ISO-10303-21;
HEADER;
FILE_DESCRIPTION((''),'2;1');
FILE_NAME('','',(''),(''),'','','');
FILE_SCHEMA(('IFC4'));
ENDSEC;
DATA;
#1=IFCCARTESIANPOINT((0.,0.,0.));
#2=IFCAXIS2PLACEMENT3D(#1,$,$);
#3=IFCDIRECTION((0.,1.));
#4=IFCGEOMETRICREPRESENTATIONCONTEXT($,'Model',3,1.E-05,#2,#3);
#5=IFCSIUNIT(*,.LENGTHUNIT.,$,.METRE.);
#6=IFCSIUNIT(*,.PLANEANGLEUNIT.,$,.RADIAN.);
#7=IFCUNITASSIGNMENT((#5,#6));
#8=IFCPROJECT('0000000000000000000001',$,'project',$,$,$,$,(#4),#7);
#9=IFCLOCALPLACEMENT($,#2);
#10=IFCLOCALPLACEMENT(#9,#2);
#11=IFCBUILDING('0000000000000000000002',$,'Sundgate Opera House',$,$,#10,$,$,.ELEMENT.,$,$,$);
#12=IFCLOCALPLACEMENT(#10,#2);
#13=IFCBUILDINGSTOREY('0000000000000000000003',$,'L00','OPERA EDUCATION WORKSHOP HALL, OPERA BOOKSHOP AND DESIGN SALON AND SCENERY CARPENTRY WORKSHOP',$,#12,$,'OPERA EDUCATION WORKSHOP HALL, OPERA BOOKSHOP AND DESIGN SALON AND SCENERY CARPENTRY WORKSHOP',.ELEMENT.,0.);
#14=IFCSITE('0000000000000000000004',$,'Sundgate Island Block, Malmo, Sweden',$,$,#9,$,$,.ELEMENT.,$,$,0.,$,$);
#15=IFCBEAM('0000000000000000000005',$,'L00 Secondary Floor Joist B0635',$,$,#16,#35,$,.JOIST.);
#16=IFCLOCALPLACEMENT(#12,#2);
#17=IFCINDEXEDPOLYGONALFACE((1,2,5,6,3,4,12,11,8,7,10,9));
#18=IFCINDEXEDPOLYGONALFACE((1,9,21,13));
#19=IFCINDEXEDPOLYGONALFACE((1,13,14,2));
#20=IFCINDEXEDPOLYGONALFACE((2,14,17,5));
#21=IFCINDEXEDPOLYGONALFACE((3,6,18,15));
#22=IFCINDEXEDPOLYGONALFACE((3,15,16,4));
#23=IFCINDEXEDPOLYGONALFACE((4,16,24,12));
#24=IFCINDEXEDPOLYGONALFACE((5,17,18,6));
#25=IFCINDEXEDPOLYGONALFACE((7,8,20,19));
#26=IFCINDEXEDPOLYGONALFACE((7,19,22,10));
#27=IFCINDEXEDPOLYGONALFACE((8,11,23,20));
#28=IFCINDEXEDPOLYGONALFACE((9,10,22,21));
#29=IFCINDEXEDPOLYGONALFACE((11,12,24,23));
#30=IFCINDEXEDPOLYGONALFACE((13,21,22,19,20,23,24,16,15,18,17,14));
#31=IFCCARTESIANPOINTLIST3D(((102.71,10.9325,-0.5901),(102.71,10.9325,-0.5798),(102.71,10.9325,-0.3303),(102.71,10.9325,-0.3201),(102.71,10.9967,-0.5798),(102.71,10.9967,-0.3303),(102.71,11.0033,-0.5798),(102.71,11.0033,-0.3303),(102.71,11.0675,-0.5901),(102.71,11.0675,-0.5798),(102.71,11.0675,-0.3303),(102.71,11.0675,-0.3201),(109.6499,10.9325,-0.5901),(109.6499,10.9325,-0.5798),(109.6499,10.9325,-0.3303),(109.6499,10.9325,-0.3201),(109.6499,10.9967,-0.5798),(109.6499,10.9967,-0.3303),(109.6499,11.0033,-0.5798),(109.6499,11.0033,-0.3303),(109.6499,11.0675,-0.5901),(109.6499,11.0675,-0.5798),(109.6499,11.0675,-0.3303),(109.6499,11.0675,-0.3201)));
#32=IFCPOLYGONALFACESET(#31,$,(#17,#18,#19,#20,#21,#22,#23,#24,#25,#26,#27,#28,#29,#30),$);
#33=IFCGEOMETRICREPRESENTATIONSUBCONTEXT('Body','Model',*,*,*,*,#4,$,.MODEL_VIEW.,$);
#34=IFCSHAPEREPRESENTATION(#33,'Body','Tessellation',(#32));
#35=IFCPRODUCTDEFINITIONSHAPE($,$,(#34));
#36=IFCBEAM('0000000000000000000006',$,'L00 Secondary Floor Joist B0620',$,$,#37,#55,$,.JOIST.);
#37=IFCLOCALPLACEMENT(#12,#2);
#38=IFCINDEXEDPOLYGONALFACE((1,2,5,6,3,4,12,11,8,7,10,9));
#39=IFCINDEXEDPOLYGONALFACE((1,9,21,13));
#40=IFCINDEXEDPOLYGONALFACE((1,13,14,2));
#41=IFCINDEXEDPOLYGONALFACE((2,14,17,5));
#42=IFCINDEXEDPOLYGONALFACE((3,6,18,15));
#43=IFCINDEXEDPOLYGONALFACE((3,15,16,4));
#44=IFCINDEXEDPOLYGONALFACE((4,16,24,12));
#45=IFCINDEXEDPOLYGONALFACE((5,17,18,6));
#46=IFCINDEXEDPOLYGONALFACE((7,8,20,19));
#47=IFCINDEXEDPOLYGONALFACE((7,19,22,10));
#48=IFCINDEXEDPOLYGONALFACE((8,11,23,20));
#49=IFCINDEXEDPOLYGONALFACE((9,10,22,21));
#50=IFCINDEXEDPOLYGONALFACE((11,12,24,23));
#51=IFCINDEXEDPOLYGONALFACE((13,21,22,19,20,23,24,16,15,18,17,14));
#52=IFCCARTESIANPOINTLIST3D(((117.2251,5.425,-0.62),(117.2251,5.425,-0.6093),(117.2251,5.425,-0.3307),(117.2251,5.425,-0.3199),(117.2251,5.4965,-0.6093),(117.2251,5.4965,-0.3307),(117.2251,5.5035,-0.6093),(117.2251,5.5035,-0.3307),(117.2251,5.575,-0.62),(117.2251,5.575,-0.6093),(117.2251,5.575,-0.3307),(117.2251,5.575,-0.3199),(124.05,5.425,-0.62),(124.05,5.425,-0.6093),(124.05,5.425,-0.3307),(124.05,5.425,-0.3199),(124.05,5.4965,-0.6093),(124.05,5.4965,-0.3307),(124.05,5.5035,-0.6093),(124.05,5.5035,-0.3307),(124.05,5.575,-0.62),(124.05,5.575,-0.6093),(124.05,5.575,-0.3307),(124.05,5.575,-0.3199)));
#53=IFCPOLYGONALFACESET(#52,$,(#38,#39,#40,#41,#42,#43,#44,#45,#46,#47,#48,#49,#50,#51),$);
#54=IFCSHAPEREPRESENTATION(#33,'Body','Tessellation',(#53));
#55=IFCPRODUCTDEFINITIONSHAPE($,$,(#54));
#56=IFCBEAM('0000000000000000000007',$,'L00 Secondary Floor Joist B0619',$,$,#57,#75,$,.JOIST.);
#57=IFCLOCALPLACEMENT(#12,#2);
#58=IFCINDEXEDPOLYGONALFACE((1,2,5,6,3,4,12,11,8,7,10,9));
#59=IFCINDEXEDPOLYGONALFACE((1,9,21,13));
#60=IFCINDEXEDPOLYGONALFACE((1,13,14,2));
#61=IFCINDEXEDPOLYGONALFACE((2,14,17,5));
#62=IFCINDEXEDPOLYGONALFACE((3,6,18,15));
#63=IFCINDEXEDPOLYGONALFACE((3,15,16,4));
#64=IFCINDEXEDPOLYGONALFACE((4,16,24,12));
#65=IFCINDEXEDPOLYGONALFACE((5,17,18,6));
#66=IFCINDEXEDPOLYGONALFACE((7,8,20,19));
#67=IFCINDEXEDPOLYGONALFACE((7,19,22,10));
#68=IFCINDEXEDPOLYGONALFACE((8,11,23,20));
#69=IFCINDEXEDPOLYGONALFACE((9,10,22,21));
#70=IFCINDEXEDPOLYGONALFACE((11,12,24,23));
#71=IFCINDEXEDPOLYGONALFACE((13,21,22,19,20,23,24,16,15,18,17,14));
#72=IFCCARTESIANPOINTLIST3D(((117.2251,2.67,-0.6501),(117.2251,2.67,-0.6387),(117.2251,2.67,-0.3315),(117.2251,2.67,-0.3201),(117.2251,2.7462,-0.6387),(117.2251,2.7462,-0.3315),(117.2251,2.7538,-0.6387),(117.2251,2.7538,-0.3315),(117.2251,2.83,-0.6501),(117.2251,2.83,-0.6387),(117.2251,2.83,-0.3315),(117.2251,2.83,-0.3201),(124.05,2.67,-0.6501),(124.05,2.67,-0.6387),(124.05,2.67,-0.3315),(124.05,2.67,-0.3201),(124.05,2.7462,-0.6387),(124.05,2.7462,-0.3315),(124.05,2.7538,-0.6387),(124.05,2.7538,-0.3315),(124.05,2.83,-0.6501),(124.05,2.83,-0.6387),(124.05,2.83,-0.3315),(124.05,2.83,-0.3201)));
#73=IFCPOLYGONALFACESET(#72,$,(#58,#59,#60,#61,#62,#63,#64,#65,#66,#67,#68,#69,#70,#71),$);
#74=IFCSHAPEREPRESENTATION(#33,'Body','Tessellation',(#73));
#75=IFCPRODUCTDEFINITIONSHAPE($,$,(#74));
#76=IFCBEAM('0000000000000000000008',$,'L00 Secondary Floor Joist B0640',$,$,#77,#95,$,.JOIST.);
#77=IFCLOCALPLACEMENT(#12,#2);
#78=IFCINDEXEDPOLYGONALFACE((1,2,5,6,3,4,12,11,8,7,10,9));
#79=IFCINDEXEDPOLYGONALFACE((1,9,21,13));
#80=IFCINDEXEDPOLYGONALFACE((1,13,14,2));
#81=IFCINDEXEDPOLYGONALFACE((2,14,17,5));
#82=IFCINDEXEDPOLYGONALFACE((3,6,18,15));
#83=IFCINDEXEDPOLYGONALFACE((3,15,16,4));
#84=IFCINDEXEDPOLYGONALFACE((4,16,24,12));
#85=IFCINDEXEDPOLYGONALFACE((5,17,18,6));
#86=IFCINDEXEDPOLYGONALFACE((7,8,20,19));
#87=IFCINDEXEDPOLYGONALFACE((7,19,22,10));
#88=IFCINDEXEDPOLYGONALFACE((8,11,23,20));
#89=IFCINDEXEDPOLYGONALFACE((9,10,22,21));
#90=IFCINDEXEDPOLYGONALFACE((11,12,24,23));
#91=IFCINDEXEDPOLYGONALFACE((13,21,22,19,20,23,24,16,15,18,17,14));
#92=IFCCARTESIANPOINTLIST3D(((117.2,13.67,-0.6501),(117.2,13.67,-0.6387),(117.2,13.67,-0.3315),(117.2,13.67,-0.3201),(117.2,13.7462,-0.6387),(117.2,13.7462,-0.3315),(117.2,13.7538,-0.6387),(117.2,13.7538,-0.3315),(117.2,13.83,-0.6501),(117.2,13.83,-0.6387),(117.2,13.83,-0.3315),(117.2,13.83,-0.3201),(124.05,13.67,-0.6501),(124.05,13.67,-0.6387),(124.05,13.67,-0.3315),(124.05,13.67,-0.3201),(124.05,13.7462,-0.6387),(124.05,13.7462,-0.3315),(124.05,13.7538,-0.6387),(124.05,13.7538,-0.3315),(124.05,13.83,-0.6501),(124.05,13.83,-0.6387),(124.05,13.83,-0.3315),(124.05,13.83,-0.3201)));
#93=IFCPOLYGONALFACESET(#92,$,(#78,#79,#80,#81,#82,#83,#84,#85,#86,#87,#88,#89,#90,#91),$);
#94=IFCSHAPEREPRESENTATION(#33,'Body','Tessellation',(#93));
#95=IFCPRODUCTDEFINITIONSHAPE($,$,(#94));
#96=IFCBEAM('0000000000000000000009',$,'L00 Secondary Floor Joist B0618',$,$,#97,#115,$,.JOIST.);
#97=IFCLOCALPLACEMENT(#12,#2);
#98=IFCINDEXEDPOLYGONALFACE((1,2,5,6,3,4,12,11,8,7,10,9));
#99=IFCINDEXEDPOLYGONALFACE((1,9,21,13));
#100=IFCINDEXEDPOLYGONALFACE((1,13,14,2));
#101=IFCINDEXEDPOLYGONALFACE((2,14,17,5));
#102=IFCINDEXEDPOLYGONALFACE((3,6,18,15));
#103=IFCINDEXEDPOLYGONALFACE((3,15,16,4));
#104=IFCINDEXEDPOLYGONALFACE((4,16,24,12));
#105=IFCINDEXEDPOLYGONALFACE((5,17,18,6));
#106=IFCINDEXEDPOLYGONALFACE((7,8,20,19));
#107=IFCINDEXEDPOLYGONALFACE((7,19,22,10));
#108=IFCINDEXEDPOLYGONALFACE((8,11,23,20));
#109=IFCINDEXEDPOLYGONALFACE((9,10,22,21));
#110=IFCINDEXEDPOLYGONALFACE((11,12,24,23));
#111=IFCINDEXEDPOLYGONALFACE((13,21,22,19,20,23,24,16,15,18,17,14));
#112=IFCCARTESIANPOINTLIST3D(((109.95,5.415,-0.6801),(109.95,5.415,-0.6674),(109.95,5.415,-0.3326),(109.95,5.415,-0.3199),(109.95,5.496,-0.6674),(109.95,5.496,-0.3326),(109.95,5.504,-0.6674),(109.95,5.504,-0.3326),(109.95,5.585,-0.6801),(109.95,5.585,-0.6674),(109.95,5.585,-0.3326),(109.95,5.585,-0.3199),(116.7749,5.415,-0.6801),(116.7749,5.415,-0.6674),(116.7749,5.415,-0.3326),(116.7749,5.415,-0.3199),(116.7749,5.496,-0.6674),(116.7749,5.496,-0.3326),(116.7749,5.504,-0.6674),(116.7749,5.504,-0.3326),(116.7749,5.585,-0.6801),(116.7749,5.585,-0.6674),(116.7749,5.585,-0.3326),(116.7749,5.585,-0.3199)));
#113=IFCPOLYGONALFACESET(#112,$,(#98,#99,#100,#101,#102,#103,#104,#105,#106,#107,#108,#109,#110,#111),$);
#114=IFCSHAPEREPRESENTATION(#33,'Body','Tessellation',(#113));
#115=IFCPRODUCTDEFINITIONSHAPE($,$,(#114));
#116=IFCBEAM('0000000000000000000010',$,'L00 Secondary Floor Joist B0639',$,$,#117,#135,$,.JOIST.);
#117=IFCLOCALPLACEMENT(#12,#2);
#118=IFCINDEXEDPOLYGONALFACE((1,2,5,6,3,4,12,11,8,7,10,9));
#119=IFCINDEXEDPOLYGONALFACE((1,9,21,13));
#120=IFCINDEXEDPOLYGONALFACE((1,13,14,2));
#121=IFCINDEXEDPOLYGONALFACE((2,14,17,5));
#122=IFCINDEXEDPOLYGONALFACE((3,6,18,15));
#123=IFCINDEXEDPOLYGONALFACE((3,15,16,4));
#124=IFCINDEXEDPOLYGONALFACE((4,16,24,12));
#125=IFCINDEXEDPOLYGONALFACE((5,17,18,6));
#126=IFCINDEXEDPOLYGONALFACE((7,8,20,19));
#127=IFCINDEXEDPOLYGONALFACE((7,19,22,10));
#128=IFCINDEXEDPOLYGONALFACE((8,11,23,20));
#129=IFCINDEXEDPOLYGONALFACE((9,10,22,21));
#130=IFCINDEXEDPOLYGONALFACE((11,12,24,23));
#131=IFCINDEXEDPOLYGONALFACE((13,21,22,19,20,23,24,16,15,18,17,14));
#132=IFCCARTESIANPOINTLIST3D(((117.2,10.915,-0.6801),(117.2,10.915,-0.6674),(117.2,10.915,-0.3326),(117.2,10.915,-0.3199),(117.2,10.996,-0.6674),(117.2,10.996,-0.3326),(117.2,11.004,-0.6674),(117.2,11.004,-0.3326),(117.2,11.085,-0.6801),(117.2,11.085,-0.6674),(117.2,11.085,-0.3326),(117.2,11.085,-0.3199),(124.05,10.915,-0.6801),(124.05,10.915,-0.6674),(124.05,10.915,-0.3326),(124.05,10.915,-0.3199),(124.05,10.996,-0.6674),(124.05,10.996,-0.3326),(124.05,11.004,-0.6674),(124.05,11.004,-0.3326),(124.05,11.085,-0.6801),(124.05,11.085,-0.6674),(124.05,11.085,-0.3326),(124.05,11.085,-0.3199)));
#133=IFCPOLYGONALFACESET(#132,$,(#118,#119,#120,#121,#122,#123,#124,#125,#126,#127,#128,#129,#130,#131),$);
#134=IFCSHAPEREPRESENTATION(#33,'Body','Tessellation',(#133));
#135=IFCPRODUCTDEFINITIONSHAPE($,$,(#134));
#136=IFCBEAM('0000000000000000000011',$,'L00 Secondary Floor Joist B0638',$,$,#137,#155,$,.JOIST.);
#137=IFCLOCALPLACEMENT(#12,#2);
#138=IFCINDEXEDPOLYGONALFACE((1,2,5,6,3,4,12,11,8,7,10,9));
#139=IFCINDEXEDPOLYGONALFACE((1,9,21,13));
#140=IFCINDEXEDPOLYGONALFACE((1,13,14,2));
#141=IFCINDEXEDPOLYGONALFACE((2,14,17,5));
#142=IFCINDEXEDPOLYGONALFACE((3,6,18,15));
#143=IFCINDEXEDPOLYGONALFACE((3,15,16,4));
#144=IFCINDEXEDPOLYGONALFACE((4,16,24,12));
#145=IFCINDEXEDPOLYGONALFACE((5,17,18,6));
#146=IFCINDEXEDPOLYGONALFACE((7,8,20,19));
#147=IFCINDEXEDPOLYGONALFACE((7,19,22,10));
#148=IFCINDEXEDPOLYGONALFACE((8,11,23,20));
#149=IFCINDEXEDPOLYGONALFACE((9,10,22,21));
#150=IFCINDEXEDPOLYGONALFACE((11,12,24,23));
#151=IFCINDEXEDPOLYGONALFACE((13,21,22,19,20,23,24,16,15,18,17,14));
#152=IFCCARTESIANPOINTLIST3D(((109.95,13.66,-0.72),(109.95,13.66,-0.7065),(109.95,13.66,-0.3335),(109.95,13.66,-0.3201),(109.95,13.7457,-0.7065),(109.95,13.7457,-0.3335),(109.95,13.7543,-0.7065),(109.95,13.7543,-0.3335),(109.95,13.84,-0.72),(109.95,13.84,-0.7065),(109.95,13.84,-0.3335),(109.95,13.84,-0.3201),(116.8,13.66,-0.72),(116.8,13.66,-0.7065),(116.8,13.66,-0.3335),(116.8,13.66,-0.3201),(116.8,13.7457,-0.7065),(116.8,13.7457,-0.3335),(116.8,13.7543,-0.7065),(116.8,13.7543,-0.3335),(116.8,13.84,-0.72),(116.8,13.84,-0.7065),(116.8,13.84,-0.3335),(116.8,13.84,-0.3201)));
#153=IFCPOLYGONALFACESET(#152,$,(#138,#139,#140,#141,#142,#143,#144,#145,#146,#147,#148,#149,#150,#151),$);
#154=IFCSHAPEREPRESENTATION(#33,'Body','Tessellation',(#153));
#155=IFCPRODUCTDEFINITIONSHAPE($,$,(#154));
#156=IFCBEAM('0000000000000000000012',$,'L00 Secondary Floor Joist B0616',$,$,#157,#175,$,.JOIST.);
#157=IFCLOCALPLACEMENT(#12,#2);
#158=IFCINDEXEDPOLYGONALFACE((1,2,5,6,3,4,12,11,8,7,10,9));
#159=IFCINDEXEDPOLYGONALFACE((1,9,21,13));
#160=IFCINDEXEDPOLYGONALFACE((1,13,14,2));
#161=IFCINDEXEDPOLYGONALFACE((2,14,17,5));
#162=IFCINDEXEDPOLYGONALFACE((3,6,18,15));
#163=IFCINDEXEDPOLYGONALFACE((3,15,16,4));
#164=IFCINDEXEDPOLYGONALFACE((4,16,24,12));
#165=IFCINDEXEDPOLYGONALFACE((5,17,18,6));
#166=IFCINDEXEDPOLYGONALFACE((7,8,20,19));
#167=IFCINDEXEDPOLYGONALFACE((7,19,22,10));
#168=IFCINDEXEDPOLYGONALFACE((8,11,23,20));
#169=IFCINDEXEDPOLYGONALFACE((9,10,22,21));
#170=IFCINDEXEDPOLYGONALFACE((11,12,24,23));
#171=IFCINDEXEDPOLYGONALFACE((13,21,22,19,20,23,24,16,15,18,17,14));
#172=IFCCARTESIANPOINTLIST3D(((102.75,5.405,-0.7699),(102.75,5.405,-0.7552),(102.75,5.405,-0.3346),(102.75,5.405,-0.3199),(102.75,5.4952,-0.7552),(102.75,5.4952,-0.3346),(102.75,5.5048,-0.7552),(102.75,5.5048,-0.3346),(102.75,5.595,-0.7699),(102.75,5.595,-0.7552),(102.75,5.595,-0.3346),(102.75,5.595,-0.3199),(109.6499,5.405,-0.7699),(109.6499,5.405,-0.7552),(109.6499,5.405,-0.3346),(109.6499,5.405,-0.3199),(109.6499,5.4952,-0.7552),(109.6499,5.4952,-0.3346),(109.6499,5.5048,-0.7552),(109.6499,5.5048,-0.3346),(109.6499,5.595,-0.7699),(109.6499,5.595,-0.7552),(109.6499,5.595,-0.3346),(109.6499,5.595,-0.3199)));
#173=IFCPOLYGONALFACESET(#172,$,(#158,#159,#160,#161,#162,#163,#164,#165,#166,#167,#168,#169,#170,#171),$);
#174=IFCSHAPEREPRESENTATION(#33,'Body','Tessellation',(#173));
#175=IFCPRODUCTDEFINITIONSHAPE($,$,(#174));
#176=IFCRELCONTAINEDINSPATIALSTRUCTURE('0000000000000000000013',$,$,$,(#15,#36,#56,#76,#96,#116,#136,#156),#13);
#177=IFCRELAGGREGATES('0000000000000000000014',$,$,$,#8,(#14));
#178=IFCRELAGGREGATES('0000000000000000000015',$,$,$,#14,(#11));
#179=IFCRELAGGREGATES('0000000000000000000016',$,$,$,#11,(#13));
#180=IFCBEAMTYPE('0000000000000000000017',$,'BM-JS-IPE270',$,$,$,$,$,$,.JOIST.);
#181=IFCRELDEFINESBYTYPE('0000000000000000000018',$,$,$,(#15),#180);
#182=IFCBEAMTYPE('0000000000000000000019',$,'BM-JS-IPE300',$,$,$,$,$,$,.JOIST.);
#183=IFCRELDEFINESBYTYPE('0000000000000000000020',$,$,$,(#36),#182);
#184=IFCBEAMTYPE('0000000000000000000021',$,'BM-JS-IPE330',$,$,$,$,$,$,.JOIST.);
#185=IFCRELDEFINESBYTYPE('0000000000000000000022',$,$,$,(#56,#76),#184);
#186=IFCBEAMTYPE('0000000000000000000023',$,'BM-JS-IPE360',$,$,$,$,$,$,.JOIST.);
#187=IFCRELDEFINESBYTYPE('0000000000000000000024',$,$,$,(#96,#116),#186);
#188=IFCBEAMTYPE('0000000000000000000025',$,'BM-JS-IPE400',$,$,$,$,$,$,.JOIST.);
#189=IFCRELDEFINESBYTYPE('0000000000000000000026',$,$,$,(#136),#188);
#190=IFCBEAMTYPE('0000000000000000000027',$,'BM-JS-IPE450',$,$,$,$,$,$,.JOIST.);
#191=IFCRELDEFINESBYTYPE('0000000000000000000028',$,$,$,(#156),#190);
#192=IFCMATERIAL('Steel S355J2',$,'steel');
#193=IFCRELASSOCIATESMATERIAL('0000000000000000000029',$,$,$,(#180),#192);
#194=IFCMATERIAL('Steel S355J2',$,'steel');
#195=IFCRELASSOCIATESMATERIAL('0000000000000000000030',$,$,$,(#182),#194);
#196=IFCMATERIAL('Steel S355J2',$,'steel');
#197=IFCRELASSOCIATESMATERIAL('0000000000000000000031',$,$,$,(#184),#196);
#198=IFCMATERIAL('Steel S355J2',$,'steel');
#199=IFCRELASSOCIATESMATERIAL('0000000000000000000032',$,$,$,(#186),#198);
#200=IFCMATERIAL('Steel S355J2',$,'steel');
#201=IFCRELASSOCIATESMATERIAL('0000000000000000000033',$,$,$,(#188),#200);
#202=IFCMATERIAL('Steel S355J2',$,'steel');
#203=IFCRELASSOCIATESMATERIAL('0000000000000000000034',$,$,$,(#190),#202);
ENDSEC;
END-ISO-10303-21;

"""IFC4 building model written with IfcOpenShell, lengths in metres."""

from ifc_helpers import new_model, si_unit, direction, frame, origin, origin_2d, place, context, subcontext, project, spatial, i_section, extrude, material, material_profile, profile_set, type_object, element, save


model = new_model("IFC4")

# Units and contexts
model_context = context("Model", 3, precision=1e-05, world=origin(), true_north=direction((0.0, 1.0)))
body_context = subcontext(model_context, "Body", "Model", "MODEL_VIEW")
ifc_project = project(units=[si_unit("LENGTHUNIT", "METRE"), si_unit("PLANEANGLEUNIT", "RADIAN")], contexts=[model_context])

# Site, building, storey
site_placement = place(None, origin())
site = spatial("IfcSite", under=ifc_project, at=site_placement, Name="Sundgate Island Block, Malmo, Sweden", CompositionType="ELEMENT", RefElevation=0.0)
building_placement = place(site_placement, origin())
building = spatial("IfcBuilding", under=site, at=building_placement, Name="Sundgate Opera House", CompositionType="ELEMENT")
storey_placement = place(building_placement, origin())
storey = spatial("IfcBuildingStorey", under=building, at=storey_placement, Name="L00", Description="OPERA EDUCATION WORKSHOP HALL, OPERA BOOKSHOP AND DESIGN SALON AND SCENERY CARPENTRY WORKSHOP", LongName="OPERA EDUCATION WORKSHOP HALL, OPERA BOOKSHOP AND DESIGN SALON AND SCENERY CARPENTRY WORKSHOP", CompositionType="ELEMENT", Elevation=0.0)

# Beams
ifc_material_1 = material(Name="Steel S355J2", Category="steel")
ifc_material_profile_1 = material_profile(ifc_material_1, i_section(OverallWidth=0.135, OverallDepth=0.27, WebThickness=0.0066, FlangeThickness=0.0103, at=origin_2d()), Name="IPE 270")
ifc_profile_set_1 = profile_set([ifc_material_profile_1], Name="Steel S355J2")
beam_type_1 = type_object("IfcBeamType", Name="BM-JS-IPE270", PredefinedType="JOIST", material=ifc_profile_set_1)
beam_1_placement = place(storey_placement, frame((102.71, 11.0, -0.4551), z_axis=(1.0, 0.0, 0.0), x_axis=(0.0, 1.0, 0.0)))
element("IfcBeam", 1, at=beam_1_placement, inside=storey, type_object=beam_type_1, Name="L00 Secondary Floor Joist B0635", PredefinedType="JOIST", context=body_context, shape_type="SweptSolid", body=[
    extrude(i_section(OverallWidth=0.135, OverallDepth=0.27, WebThickness=0.0066, FlangeThickness=0.0103, at=origin_2d()), origin(), (0.0, 0.0, 1.0), 6.9399),
])
ifc_material_2 = material(Name="Steel S355J2", Category="steel")
ifc_material_profile_2 = material_profile(ifc_material_2, i_section(OverallWidth=0.1499, OverallDepth=0.3, WebThickness=0.0071, FlangeThickness=0.0107, at=origin_2d()), Name="IPE 300")
ifc_profile_set_2 = profile_set([ifc_material_profile_2], Name="Steel S355J2")
beam_type_2 = type_object("IfcBeamType", Name="BM-JS-IPE300", PredefinedType="JOIST", material=ifc_profile_set_2)
beam_2_placement = place(storey_placement, frame((117.2251, 5.5, -0.47), z_axis=(1.0, 0.0, 0.0), x_axis=(0.0, 1.0, 0.0)))
element("IfcBeam", 2, at=beam_2_placement, inside=storey, type_object=beam_type_2, Name="L00 Secondary Floor Joist B0620", PredefinedType="JOIST", context=body_context, shape_type="SweptSolid", body=[
    extrude(i_section(OverallWidth=0.1499, OverallDepth=0.3, WebThickness=0.0071, FlangeThickness=0.0107, at=origin_2d()), origin(), (0.0, 0.0, 1.0), 6.825),
])
ifc_material_3 = material(Name="Steel S355J2", Category="steel")
ifc_material_profile_3 = material_profile(ifc_material_3, i_section(OverallWidth=0.1599, OverallDepth=0.3301, WebThickness=0.0076, FlangeThickness=0.0115, at=origin_2d()), Name="IPE 330")
ifc_profile_set_3 = profile_set([ifc_material_profile_3], Name="Steel S355J2")
beam_type_3 = type_object("IfcBeamType", Name="BM-JS-IPE330", PredefinedType="JOIST", material=ifc_profile_set_3)
beam_3_placement = place(storey_placement, frame((117.2251, 2.75, -0.4851), z_axis=(1.0, 0.0, 0.0), x_axis=(0.0, 1.0, 0.0)))
element("IfcBeam", 3, at=beam_3_placement, inside=storey, type_object=beam_type_3, Name="L00 Secondary Floor Joist B0619", PredefinedType="JOIST", context=body_context, shape_type="SweptSolid", body=[
    extrude(i_section(OverallWidth=0.1599, OverallDepth=0.3301, WebThickness=0.0076, FlangeThickness=0.0115, at=origin_2d()), origin(), (0.0, 0.0, 1.0), 6.825),
])
beam_4_placement = place(storey_placement, frame((117.2, 13.75, -0.4851), z_axis=(1.0, 0.0, 0.0), x_axis=(0.0, 1.0, 0.0)))
element("IfcBeam", 4, at=beam_4_placement, inside=storey, type_object=beam_type_3, Name="L00 Secondary Floor Joist B0640", PredefinedType="JOIST", context=body_context, shape_type="SweptSolid", body=[
    extrude(i_section(OverallWidth=0.1599, OverallDepth=0.3301, WebThickness=0.0076, FlangeThickness=0.0115, at=origin_2d()), origin(), (0.0, 0.0, 1.0), 6.8501),
])
ifc_material_4 = material(Name="Steel S355J2", Category="steel")
ifc_material_profile_4 = material_profile(ifc_material_4, i_section(OverallWidth=0.1699, OverallDepth=0.3601, WebThickness=0.0081, FlangeThickness=0.0127, at=origin_2d()), Name="IPE 360")
ifc_profile_set_4 = profile_set([ifc_material_profile_4], Name="Steel S355J2")
beam_type_4 = type_object("IfcBeamType", Name="BM-JS-IPE360", PredefinedType="JOIST", material=ifc_profile_set_4)
beam_5_placement = place(storey_placement, frame((109.95, 5.5, -0.5), z_axis=(1.0, 0.0, 0.0), x_axis=(0.0, 1.0, 0.0)))
element("IfcBeam", 5, at=beam_5_placement, inside=storey, type_object=beam_type_4, Name="L00 Secondary Floor Joist B0618", PredefinedType="JOIST", context=body_context, shape_type="SweptSolid", body=[
    extrude(i_section(OverallWidth=0.1699, OverallDepth=0.3601, WebThickness=0.0081, FlangeThickness=0.0127, at=origin_2d()), origin(), (0.0, 0.0, 1.0), 6.825),
])
beam_6_placement = place(storey_placement, frame((117.2, 11.0, -0.5), z_axis=(1.0, 0.0, 0.0), x_axis=(0.0, 1.0, 0.0)))
element("IfcBeam", 6, at=beam_6_placement, inside=storey, type_object=beam_type_4, Name="L00 Secondary Floor Joist B0639", PredefinedType="JOIST", context=body_context, shape_type="SweptSolid", body=[
    extrude(i_section(OverallWidth=0.1699, OverallDepth=0.3601, WebThickness=0.0081, FlangeThickness=0.0127, at=origin_2d()), origin(), (0.0, 0.0, 1.0), 6.8501),
])
ifc_material_5 = material(Name="Steel S355J2", Category="steel")
ifc_material_profile_5 = material_profile(ifc_material_5, i_section(OverallWidth=0.1799, OverallDepth=0.3999, WebThickness=0.0085, FlangeThickness=0.0134, at=origin_2d()), Name="IPE 400")
ifc_profile_set_5 = profile_set([ifc_material_profile_5], Name="Steel S355J2")
beam_type_5 = type_object("IfcBeamType", Name="BM-JS-IPE400", PredefinedType="JOIST", material=ifc_profile_set_5)
beam_7_placement = place(storey_placement, frame((109.95, 13.75, -0.52), z_axis=(1.0, 0.0, 0.0), x_axis=(0.0, 1.0, 0.0)))
element("IfcBeam", 7, at=beam_7_placement, inside=storey, type_object=beam_type_5, Name="L00 Secondary Floor Joist B0638", PredefinedType="JOIST", context=body_context, shape_type="SweptSolid", body=[
    extrude(i_section(OverallWidth=0.1799, OverallDepth=0.3999, WebThickness=0.0085, FlangeThickness=0.0134, at=origin_2d()), origin(), (0.0, 0.0, 1.0), 6.8501),
])
ifc_material_6 = material(Name="Steel S355J2", Category="steel")
ifc_material_profile_6 = material_profile(ifc_material_6, i_section(OverallWidth=0.1899, OverallDepth=0.45, WebThickness=0.0095, FlangeThickness=0.0146, at=origin_2d()), Name="IPE 450")
ifc_profile_set_6 = profile_set([ifc_material_profile_6], Name="Steel S355J2")
beam_type_6 = type_object("IfcBeamType", Name="BM-JS-IPE450", PredefinedType="JOIST", material=ifc_profile_set_6)
beam_8_placement = place(storey_placement, frame((102.75, 5.5, -0.5449), z_axis=(1.0, 0.0, 0.0), x_axis=(0.0, 1.0, 0.0)))
element("IfcBeam", 8, at=beam_8_placement, inside=storey, type_object=beam_type_6, Name="L00 Secondary Floor Joist B0616", PredefinedType="JOIST", context=body_context, shape_type="SweptSolid", body=[
    extrude(i_section(OverallWidth=0.1899, OverallDepth=0.45, WebThickness=0.0095, FlangeThickness=0.0146, at=origin_2d()), origin(), (0.0, 0.0, 1.0), 6.8999),
])

save(model, "model.ifc")
